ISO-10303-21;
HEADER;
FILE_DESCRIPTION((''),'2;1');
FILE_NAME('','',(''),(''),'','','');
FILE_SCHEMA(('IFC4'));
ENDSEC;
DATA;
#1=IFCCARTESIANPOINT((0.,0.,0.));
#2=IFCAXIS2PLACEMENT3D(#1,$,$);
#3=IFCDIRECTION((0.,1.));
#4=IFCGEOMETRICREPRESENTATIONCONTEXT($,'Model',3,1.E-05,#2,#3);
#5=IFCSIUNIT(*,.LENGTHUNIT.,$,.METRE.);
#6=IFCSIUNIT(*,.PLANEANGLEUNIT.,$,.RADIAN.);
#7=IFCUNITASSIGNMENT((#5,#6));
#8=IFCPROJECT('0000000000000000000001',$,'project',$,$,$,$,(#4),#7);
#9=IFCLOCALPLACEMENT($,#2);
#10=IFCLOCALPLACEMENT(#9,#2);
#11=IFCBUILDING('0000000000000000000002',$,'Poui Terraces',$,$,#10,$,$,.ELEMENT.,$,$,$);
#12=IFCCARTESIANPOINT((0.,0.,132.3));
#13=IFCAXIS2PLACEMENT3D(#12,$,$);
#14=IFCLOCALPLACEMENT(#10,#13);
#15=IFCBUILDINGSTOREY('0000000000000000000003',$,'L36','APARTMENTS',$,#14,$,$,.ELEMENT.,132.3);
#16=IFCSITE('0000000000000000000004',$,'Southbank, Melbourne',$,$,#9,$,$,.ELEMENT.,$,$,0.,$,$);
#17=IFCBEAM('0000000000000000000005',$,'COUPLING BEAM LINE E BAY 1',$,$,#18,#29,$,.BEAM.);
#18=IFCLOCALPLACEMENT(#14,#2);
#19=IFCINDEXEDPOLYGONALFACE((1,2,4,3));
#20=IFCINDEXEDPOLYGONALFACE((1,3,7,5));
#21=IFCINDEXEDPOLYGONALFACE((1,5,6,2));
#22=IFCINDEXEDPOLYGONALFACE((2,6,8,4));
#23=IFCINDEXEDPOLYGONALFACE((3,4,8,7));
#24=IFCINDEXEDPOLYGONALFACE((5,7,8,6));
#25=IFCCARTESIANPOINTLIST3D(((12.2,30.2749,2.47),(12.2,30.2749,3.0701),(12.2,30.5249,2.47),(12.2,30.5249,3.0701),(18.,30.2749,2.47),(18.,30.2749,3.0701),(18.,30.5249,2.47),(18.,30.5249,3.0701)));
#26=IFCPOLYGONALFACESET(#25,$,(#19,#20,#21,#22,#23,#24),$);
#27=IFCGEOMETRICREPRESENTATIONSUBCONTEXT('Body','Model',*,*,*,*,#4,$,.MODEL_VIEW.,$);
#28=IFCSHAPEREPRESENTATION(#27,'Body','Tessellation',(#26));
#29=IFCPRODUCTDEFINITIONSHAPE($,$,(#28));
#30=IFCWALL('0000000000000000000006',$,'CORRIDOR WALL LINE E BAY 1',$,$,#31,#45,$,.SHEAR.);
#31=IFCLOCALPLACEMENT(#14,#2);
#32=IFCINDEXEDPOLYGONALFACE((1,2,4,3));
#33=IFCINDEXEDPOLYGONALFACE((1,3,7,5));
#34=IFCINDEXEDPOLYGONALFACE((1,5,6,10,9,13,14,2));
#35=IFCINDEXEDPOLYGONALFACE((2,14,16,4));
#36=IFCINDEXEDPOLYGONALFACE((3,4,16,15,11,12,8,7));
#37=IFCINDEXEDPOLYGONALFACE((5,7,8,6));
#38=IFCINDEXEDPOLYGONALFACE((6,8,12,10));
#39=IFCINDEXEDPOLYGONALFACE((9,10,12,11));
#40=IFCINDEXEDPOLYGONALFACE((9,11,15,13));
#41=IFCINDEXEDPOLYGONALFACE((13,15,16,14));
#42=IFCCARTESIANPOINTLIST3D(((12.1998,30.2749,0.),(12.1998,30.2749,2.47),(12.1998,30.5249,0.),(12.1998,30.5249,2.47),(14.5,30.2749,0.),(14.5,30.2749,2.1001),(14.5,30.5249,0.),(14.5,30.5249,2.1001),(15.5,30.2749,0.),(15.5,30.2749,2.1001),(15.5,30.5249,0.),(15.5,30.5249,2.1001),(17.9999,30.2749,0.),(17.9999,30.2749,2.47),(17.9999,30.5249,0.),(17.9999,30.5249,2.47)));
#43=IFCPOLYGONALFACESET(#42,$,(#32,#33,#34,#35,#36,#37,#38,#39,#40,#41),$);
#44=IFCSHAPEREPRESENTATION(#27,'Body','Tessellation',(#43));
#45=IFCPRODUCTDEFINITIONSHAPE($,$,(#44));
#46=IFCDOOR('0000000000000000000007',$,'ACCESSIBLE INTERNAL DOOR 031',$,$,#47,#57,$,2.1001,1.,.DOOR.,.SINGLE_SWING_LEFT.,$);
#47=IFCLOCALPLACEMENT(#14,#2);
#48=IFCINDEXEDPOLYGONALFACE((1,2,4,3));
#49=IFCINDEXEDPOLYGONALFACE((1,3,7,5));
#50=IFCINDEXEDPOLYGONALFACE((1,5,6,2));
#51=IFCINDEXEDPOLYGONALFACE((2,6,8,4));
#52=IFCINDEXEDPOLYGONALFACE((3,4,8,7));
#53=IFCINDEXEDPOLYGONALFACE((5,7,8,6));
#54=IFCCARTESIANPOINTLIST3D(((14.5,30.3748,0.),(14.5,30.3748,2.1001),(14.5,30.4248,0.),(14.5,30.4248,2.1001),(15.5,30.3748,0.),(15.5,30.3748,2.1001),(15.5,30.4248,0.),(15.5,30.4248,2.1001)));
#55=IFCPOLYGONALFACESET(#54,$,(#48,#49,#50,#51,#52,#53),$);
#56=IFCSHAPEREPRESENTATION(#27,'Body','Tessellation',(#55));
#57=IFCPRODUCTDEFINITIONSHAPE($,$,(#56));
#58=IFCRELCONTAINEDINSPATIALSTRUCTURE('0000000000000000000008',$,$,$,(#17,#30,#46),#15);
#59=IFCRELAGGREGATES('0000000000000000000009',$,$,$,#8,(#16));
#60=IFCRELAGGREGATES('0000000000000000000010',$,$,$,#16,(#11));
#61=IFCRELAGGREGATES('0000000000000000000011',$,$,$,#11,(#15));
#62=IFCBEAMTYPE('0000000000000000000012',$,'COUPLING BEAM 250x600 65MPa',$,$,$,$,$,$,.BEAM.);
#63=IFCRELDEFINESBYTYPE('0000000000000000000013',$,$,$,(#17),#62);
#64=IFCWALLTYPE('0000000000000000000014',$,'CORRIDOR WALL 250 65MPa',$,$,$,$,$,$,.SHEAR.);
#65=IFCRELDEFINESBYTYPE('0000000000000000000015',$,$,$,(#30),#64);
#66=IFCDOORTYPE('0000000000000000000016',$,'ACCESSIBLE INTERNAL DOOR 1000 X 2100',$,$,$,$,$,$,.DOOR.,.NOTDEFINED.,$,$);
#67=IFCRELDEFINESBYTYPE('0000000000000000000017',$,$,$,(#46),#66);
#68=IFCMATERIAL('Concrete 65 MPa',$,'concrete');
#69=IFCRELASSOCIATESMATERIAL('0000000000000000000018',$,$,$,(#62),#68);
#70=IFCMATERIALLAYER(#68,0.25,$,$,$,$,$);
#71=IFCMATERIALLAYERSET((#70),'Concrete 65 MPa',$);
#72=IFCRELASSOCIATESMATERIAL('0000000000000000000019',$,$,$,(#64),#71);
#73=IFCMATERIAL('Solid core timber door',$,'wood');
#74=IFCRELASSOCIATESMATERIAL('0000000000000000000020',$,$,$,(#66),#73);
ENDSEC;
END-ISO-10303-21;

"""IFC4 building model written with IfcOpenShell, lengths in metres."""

from ifc_helpers import new_model, si_unit, direction, frame, frame_2d, origin, origin_2d, place, context, subcontext, project, spatial, rectangle, extrude, source, transform, mapped, material, layer, layer_set, material_profile, profile_set, type_object, element, fill, save


model = new_model("IFC4")

# Units and contexts
model_context = context("Model", 3, precision=1e-05, world=origin(), true_north=direction((0.0, 1.0)))
body_context = subcontext(model_context, "Body", "Model", "MODEL_VIEW")
ifc_project = project(units=[si_unit("LENGTHUNIT", "METRE"), si_unit("PLANEANGLEUNIT", "RADIAN")], contexts=[model_context])

# Site, building, storey
site_placement = place(None, origin())
site = spatial("IfcSite", under=ifc_project, at=site_placement, Name="Southbank, Melbourne", CompositionType="ELEMENT", RefElevation=0.0)
building_placement = place(site_placement, origin())
building = spatial("IfcBuilding", under=site, at=building_placement, Name="Poui Terraces", CompositionType="ELEMENT")
storey_placement = place(building_placement, frame((0.0, 0.0, 132.3)))
storey = spatial("IfcBuildingStorey", under=building, at=storey_placement, Name="L36", Description="APARTMENTS", CompositionType="ELEMENT", Elevation=132.3)

# Beam
ifc_material_1 = material(Name="Concrete 65 MPa", Category="concrete")
ifc_material_profile = material_profile(ifc_material_1, rectangle(XDim=0.25, YDim=0.6001, at=origin_2d()), Name="RC 250x600")
ifc_profile_set = profile_set([ifc_material_profile], Name="Concrete 65 MPa")
beam_type = type_object("IfcBeamType", Name="COUPLING BEAM 250x600 65MPa", PredefinedType="BEAM", material=ifc_profile_set)
shared_shape = source(origin(), body_context, "Body", "SweptSolid", [
    extrude(rectangle(XDim=0.25, YDim=0.6001, at=origin_2d()), origin(), (0.0, 0.0, 1.0), 5.8),
])
beam_placement = place(storey_placement, frame((12.2, 30.3999, 2.77), z_axis=(1.0, 0.0, 0.0), x_axis=(0.0, 1.0, 0.0)))
element("IfcBeam", 1, at=beam_placement, inside=storey, type_object=beam_type, Name="COUPLING BEAM LINE E BAY 1", PredefinedType="BEAM", context=body_context, shape_type="MappedRepresentation", body=[
    mapped(shared_shape, transform((0.0, 0.0, 0.0))),
])

# Wall, opening, door
ifc_layer_1 = layer(ifc_material_1, 0.25)
ifc_layer_set_1 = layer_set([ifc_layer_1], Name="Concrete 65 MPa")
wall_type_1 = type_object("IfcWallType", Name="CORRIDOR WALL 250 65MPa", PredefinedType="SHEAR", material=ifc_layer_set_1)
wall_1_placement = place(storey_placement, frame((12.2, 30.3999, 0.0), z_axis=(0.0, 0.0, 1.0), x_axis=(1.0, 0.0, 0.0)))
wall_1 = element("IfcWall", 2, at=wall_1_placement, inside=storey, type_object=wall_type_1, Name="CORRIDOR WALL LINE E BAY 1", PredefinedType="SHEAR", context=body_context, shape_type="SweptSolid", body=[
    extrude(rectangle(XDim=5.8, YDim=0.25, at=frame_2d((2.8999, 0.0))), origin(), (0.0, 0.0, 1.0), 2.47),
])
opening_1_placement = place(wall_1_placement, frame((2.3, 0.0, 0.0)))
opening_1 = element("IfcOpeningElement", 3, at=opening_1_placement, cuts=wall_1, PredefinedType="OPENING", context=body_context, shape_type="SweptSolid", body=[
    extrude(rectangle(XDim=1.0, YDim=2.1001, at=frame_2d((0.5, 1.05))), frame((0.0, 0.135, 0.0), z_axis=(0.0, -1.0, 0.0), x_axis=(1.0, 0.0, 0.0)), (0.0, 0.0, 1.0), 0.27),
])
ifc_material_2 = material(Name="Solid core timber door", Category="wood")
door_type_1 = type_object("IfcDoorType", Name="ACCESSIBLE INTERNAL DOOR 1000 X 2100", OperationType="NOTDEFINED", PredefinedType="DOOR", material=ifc_material_2)
door_1_placement = place(opening_1_placement, origin())
door_1 = element("IfcDoor", 4, at=door_1_placement, inside=storey, type_object=door_type_1, Name="ACCESSIBLE INTERNAL DOOR 031", OperationType="SINGLE_SWING_LEFT", OverallHeight=2.1001, OverallWidth=1.0, PredefinedType="DOOR", context=body_context, shape_type="SweptSolid", body=[
    extrude(rectangle(XDim=1.0, YDim=2.1001, at=frame_2d((0.5, 1.05))), frame((0.0, 0.0249, 0.0), z_axis=(0.0, -1.0, 0.0), x_axis=(1.0, 0.0, 0.0)), (0.0, 0.0, 1.0), 0.05),
])
fill(opening_1, door_1)

save(model, "model.ifc")
